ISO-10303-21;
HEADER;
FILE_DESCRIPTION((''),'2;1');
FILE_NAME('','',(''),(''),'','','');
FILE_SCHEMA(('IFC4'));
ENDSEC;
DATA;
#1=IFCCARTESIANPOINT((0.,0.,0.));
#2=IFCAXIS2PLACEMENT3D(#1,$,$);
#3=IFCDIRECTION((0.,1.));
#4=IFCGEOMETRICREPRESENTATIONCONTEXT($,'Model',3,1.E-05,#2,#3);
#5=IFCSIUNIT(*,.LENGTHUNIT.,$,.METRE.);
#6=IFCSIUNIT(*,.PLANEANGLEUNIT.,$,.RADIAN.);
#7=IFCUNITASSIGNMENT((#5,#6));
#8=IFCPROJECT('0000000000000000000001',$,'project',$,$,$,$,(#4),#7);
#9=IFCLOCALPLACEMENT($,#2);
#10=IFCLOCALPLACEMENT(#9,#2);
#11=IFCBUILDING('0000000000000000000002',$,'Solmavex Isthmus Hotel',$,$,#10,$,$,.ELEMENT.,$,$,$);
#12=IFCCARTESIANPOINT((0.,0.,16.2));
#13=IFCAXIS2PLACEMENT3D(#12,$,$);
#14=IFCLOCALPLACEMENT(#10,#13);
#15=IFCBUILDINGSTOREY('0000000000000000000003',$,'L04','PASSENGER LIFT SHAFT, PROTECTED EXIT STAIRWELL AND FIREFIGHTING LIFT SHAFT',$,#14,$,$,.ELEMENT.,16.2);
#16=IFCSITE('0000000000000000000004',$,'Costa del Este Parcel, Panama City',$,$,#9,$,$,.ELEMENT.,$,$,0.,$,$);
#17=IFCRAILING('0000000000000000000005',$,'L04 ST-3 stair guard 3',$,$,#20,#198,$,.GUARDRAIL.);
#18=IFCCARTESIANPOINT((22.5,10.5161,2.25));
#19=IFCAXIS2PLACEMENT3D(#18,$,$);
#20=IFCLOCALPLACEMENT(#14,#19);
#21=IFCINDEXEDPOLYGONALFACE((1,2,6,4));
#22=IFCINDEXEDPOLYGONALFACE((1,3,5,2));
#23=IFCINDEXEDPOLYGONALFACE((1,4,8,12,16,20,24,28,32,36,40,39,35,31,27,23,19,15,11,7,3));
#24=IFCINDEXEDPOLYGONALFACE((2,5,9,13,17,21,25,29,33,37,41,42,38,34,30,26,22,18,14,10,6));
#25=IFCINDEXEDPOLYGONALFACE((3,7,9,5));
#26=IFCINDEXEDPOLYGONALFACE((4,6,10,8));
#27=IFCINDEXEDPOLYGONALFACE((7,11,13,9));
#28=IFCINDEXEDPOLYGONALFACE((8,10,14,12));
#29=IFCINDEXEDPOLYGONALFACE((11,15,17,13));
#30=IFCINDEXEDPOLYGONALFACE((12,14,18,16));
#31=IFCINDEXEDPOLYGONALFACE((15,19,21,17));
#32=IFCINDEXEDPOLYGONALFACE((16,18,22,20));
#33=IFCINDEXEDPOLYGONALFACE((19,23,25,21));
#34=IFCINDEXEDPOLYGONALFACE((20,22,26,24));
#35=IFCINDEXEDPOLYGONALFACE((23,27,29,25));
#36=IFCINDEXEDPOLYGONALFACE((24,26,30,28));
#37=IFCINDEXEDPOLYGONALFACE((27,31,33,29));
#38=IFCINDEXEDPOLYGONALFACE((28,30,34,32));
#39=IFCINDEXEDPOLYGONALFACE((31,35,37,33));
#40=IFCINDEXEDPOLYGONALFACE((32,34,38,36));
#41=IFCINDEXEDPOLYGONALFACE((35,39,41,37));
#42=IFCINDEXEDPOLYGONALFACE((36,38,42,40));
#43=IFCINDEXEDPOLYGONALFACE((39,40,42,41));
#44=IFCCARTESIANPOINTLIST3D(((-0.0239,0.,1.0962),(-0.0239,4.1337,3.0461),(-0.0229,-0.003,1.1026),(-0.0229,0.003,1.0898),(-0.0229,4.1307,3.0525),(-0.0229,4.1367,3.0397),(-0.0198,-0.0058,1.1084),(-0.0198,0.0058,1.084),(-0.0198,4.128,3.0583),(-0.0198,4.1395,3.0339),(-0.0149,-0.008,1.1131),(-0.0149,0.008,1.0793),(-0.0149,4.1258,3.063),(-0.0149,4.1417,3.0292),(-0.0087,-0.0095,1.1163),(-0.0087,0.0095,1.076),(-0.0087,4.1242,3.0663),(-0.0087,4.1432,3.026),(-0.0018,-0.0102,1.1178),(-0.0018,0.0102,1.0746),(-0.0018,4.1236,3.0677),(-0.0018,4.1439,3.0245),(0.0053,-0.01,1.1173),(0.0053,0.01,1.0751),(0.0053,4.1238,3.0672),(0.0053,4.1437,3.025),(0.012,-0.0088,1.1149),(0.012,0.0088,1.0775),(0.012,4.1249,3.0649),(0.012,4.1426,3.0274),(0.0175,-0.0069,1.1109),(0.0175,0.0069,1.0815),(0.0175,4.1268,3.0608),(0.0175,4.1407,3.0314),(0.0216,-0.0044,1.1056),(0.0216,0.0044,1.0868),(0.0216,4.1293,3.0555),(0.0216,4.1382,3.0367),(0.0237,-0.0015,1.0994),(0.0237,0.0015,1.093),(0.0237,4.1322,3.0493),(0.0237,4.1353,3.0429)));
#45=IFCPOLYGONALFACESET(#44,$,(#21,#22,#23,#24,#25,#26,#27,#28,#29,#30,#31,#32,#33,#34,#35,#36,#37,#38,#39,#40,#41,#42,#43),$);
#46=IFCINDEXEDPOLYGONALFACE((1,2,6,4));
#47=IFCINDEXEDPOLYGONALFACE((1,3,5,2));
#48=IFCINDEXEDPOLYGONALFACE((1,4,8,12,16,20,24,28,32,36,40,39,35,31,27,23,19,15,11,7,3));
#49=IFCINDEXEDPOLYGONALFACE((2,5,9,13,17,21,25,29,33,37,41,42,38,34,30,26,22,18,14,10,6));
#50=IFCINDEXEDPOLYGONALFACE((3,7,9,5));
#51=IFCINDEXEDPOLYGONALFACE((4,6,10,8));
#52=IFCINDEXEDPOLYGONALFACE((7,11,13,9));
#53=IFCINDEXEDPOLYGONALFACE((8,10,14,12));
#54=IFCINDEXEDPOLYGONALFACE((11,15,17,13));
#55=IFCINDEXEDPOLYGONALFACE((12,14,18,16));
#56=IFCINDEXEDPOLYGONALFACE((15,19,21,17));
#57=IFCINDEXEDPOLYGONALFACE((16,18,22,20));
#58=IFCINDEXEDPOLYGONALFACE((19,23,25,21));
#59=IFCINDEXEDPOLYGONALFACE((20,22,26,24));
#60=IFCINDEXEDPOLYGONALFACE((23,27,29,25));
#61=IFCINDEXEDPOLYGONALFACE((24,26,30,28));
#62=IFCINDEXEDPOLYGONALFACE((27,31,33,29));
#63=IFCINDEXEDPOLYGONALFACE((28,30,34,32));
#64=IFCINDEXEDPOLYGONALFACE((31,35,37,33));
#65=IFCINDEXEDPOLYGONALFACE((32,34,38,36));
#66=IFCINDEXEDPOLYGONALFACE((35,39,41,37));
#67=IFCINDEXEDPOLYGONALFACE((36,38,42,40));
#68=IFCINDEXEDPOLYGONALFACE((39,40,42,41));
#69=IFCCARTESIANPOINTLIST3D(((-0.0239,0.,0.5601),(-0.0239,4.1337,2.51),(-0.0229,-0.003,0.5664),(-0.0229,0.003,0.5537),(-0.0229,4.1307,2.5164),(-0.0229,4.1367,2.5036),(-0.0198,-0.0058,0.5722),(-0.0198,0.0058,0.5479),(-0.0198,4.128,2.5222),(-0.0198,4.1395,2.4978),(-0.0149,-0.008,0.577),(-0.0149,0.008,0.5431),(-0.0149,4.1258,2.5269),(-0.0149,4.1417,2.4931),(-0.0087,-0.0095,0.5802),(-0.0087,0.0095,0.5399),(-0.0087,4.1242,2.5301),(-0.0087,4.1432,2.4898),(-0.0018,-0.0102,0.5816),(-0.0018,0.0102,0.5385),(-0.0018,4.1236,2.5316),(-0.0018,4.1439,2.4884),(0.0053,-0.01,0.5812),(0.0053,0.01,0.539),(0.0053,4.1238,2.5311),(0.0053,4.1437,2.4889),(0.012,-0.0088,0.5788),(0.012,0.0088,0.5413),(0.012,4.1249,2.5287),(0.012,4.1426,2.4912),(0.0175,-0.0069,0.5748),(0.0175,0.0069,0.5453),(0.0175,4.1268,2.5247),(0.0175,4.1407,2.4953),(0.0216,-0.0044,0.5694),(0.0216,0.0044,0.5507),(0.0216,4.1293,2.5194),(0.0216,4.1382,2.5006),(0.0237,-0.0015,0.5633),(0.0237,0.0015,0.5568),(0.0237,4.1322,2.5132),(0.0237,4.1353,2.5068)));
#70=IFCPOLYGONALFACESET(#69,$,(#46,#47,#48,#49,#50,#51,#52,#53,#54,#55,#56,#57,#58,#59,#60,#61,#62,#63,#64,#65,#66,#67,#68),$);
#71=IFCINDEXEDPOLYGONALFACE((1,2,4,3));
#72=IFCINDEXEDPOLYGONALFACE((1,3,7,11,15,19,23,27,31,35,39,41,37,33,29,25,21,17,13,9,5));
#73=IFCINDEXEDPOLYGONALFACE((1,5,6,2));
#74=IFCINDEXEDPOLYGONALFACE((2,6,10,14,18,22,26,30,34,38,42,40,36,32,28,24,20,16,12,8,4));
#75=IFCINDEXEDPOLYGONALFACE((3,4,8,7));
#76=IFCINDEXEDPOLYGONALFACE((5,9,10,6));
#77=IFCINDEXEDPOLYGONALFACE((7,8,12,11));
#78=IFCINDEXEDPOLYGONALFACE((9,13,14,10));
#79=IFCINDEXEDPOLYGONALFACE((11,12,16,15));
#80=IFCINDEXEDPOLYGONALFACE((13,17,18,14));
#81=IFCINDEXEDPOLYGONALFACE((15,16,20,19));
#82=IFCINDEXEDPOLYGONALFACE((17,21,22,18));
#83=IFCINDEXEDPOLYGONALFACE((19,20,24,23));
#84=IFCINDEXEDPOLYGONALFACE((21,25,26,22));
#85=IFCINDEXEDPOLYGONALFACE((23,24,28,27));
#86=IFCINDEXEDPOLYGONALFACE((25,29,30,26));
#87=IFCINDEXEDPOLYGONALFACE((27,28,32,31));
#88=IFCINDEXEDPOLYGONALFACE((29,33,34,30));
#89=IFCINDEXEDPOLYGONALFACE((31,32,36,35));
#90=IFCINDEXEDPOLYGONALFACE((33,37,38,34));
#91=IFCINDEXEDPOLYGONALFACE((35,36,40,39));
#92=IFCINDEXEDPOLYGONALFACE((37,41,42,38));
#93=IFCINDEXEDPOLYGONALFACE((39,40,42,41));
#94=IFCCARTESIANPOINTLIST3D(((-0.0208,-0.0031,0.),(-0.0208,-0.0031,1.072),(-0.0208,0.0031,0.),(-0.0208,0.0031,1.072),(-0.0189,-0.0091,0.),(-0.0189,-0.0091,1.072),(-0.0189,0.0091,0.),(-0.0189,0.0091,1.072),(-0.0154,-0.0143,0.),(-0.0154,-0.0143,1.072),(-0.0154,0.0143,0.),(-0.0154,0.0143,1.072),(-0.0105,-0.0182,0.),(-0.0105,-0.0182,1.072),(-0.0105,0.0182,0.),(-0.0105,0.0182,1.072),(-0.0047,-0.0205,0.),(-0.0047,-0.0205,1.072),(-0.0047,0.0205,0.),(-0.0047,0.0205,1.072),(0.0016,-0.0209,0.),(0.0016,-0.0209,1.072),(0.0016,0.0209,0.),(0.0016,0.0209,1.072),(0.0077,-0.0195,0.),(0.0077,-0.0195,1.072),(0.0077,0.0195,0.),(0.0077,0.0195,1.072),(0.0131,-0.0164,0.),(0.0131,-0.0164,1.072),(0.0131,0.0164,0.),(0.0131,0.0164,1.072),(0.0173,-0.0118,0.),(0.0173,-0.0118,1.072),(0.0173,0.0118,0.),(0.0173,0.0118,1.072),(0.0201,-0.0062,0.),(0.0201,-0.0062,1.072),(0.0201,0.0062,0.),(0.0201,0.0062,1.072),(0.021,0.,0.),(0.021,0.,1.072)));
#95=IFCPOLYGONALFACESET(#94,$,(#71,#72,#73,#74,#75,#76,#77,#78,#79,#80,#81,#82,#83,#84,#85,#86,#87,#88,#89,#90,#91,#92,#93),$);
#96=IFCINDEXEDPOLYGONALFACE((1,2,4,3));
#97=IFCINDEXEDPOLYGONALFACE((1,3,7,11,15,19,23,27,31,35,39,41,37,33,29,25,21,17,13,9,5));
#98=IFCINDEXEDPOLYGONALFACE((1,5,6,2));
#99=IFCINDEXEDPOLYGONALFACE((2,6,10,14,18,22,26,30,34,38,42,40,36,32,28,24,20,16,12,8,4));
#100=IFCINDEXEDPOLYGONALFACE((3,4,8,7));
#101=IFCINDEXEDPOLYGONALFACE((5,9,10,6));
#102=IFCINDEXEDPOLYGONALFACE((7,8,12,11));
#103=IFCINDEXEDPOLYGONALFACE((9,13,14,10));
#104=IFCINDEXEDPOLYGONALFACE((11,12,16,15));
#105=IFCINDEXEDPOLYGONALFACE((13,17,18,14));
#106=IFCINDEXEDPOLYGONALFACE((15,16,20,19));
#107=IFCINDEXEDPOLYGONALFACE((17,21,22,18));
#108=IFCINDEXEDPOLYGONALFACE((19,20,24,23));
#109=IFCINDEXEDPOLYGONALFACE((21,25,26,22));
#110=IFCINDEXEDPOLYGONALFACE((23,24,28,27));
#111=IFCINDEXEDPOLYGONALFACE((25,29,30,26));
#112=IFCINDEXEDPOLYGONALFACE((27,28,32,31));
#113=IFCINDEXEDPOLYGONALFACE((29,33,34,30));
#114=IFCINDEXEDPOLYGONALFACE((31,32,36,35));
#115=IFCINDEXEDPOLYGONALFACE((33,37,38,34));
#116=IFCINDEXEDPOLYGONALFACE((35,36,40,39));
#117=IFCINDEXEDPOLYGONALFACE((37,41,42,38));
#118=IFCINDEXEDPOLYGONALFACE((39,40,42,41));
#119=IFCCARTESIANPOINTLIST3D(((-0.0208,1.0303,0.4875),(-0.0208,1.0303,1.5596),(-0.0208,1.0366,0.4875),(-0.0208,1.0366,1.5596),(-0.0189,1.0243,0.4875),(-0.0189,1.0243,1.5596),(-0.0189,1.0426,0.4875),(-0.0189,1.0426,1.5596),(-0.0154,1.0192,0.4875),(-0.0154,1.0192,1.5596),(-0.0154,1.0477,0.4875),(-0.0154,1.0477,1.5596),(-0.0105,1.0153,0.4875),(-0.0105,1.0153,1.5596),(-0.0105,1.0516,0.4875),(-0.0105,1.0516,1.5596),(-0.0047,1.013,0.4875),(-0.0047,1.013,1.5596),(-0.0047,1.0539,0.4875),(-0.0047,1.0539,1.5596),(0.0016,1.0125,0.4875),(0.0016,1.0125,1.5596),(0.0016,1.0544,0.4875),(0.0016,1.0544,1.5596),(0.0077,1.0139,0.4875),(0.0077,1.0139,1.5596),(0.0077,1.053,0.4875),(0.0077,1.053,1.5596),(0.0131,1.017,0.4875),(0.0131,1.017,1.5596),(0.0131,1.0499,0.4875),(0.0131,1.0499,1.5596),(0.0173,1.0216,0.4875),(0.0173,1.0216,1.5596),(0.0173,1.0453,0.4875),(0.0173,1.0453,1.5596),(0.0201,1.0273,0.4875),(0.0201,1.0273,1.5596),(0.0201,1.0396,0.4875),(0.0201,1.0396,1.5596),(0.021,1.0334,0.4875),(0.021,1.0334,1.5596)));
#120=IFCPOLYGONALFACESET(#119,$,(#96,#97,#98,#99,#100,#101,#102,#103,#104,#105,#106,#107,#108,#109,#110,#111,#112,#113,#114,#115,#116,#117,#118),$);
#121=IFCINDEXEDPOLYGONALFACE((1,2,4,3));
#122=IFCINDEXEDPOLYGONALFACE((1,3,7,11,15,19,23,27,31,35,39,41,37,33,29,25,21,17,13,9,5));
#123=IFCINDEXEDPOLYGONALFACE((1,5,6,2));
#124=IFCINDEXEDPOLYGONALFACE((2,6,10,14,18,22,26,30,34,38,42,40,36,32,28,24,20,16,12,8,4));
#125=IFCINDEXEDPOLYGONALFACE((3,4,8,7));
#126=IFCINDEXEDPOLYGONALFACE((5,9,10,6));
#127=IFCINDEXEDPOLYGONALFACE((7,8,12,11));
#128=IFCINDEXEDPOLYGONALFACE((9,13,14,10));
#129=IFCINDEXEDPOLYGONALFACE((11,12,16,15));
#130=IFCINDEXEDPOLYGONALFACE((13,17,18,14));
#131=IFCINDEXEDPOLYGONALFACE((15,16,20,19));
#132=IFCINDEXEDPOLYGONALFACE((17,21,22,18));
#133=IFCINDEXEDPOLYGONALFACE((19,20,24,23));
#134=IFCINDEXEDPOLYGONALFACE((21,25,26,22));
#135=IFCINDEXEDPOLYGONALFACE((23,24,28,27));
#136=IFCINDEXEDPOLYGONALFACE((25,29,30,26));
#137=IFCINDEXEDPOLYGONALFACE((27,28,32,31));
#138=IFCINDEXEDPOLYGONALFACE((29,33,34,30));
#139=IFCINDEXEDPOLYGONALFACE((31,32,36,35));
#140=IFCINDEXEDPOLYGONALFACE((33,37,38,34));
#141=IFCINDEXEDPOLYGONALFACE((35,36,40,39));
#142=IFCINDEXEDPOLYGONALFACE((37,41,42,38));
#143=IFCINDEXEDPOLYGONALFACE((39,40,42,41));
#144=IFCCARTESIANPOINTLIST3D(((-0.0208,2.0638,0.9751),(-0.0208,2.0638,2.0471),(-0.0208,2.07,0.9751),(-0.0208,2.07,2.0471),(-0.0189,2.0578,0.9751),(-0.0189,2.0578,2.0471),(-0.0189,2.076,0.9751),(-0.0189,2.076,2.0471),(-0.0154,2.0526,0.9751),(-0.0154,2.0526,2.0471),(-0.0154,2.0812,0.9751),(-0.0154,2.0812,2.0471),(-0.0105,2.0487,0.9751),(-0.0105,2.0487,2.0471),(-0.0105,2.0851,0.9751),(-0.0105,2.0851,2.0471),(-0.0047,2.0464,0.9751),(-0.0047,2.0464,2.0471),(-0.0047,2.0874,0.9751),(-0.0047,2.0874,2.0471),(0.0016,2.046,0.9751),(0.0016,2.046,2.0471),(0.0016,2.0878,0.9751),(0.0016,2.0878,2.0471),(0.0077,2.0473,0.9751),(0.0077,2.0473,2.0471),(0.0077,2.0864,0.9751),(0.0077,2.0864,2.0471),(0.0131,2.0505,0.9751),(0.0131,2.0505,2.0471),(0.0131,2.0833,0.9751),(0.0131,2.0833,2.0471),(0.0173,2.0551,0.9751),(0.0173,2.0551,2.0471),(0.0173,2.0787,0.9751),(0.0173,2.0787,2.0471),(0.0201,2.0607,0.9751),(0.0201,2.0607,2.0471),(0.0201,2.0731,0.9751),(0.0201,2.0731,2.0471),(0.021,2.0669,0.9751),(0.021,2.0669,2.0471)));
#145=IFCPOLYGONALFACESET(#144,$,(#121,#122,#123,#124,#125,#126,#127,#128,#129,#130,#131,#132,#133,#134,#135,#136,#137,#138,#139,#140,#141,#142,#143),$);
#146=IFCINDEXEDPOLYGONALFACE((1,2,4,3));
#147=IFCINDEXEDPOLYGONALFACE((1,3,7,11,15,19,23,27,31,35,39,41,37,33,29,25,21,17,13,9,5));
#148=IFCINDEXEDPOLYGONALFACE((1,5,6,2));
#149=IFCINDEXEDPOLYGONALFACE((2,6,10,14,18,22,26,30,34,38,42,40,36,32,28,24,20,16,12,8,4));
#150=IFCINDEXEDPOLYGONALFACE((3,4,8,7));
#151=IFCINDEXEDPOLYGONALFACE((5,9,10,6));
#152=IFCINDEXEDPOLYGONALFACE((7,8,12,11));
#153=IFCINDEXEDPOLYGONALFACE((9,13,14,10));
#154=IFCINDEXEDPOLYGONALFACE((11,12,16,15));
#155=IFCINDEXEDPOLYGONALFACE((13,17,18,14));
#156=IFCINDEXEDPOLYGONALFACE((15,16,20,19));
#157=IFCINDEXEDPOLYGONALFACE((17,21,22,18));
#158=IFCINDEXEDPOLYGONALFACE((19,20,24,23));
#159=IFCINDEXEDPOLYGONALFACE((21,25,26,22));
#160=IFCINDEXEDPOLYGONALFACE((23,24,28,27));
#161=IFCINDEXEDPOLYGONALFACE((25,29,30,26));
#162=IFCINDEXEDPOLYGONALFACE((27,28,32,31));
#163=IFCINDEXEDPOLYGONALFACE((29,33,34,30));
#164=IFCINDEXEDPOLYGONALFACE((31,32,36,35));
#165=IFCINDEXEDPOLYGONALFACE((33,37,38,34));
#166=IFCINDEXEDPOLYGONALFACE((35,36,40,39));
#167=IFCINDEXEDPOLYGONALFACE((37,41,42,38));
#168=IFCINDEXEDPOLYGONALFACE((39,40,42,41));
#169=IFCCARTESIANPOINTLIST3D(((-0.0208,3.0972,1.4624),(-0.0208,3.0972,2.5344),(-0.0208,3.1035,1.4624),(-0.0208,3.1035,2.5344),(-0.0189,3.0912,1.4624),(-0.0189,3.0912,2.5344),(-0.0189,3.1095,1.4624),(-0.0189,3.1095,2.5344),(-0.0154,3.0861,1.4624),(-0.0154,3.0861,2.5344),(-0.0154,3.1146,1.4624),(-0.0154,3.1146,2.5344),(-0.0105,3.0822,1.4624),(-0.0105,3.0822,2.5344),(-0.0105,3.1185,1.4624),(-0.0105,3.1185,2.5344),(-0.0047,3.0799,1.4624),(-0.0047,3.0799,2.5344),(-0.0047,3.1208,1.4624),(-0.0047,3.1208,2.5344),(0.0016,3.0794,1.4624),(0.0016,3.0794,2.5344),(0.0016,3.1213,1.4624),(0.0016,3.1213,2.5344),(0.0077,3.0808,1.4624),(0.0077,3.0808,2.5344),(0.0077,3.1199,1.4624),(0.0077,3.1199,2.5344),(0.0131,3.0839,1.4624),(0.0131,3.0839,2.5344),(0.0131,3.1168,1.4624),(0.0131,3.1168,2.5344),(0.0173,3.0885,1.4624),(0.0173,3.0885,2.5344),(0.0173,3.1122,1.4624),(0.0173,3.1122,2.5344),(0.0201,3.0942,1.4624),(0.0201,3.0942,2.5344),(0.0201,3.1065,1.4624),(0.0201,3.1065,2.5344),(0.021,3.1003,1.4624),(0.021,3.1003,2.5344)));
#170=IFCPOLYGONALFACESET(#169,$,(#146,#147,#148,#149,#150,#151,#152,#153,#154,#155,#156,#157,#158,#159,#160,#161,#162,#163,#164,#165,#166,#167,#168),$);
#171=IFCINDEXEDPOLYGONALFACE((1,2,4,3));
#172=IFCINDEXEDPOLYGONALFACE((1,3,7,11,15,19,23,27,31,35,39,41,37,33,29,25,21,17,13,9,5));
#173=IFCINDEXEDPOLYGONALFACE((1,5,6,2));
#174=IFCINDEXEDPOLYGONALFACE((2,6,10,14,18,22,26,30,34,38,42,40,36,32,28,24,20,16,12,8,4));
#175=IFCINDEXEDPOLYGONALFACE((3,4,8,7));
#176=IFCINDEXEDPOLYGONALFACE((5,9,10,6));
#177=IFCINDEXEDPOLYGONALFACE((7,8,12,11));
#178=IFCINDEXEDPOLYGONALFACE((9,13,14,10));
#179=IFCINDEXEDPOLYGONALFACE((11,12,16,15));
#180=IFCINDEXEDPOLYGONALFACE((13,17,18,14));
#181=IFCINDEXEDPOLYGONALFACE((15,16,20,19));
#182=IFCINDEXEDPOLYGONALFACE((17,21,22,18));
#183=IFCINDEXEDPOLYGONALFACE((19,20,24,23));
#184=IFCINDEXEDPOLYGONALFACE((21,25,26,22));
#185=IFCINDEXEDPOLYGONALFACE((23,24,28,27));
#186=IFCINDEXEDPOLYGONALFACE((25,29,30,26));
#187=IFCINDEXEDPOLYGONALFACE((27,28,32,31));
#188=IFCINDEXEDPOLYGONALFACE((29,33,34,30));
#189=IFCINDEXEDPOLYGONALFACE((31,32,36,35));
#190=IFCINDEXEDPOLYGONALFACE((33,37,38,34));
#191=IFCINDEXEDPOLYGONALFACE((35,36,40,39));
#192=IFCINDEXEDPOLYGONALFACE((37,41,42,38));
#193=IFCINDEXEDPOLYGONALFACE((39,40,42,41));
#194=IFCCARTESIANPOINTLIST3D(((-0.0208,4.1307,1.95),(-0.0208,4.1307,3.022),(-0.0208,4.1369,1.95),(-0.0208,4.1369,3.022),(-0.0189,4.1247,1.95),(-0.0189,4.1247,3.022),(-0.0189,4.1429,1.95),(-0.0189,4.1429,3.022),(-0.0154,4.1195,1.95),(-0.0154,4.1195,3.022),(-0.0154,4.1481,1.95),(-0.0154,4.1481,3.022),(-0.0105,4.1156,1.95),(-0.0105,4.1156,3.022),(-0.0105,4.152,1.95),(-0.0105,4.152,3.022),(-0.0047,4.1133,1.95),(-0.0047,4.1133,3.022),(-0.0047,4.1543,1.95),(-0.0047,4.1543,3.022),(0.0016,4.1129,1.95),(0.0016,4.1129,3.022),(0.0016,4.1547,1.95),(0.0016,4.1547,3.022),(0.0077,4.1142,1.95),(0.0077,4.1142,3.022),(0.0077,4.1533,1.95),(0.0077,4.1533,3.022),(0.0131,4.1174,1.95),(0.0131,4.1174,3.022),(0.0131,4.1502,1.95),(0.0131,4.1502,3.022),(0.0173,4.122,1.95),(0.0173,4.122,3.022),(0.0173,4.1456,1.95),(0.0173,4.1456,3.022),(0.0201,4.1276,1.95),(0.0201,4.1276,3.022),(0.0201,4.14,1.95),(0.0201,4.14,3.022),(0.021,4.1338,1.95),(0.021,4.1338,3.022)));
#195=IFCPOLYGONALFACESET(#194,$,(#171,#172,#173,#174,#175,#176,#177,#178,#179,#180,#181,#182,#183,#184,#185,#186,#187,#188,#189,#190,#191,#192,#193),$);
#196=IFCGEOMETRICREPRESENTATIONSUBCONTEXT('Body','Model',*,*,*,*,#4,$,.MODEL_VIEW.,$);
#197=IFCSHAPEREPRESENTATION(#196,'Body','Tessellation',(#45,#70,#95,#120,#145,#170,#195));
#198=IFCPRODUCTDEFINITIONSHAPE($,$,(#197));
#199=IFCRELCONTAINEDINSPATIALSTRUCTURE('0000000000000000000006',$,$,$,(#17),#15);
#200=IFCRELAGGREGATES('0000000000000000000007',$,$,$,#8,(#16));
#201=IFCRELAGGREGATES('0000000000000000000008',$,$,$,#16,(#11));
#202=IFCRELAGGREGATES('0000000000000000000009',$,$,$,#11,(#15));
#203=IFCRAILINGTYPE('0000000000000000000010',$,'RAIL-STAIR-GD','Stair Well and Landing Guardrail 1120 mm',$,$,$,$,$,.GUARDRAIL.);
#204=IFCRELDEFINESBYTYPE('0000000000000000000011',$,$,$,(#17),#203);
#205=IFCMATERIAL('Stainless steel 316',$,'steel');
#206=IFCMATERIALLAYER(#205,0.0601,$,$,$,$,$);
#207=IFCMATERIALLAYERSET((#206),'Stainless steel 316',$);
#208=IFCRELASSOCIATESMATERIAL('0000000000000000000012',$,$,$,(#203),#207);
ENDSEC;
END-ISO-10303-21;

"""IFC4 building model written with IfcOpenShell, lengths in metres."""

from ifc_helpers import new_model, si_unit, direction, frame, origin, origin_2d, place, context, subcontext, project, spatial, circle, extrude, material, layer, layer_set, type_object, element, save


model = new_model("IFC4")

# Units and contexts
model_context = context("Model", 3, precision=1e-05, world=origin(), true_north=direction((0.0, 1.0)))
body_context = subcontext(model_context, "Body", "Model", "MODEL_VIEW")
ifc_project = project(units=[si_unit("LENGTHUNIT", "METRE"), si_unit("PLANEANGLEUNIT", "RADIAN")], contexts=[model_context])

# Site, building, storey
site_placement = place(None, origin())
site = spatial("IfcSite", under=ifc_project, at=site_placement, Name="Costa del Este Parcel, Panama City", CompositionType="ELEMENT", RefElevation=0.0)
building_placement = place(site_placement, origin())
building = spatial("IfcBuilding", under=site, at=building_placement, Name="Solmavex Isthmus Hotel", CompositionType="ELEMENT")
storey_placement = place(building_placement, frame((0.0, 0.0, 16.2)))
storey = spatial("IfcBuildingStorey", under=building, at=storey_placement, Name="L04", Description="PASSENGER LIFT SHAFT, PROTECTED EXIT STAIRWELL AND FIREFIGHTING LIFT SHAFT", CompositionType="ELEMENT", Elevation=16.2)

# Railing
ifc_material_1 = material(Name="Stainless steel 316", Category="steel")
ifc_layer_1 = layer(ifc_material_1, 0.0601)
ifc_layer_set_1 = layer_set([ifc_layer_1], Name="Stainless steel 316")
railing_type_1 = type_object("IfcRailingType", Name="RAIL-STAIR-GD", Description="Stair Well and Landing Guardrail 1120 mm", PredefinedType="GUARDRAIL", material=ifc_layer_set_1)
railing_1_placement = place(storey_placement, frame((22.5, 10.5161, 2.25)))
element("IfcRailing", 1, at=railing_1_placement, inside=storey, type_object=railing_type_1, Name="L04 ST-3 stair guard 3", PredefinedType="GUARDRAIL", context=body_context, shape_type="SweptSolid", body=[
    extrude(circle(Radius=0.0239, at=origin_2d()), frame((0.0, 0.0, 1.0962), z_axis=(0.0, 0.904427, 0.426628), x_axis=(-1.0, 0.0, 0.0)), (0.0, 0.0, 1.0), 4.5706),
    extrude(circle(Radius=0.0239, at=origin_2d()), frame((0.0, 0.0, 0.5601), z_axis=(0.0, 0.904427, 0.426628), x_axis=(-1.0, 0.0, 0.0)), (0.0, 0.0, 1.0), 4.5706),
    extrude(circle(Radius=0.021, at=origin_2d()), origin(), (0.0, 0.0, 1.0), 1.072),
    extrude(circle(Radius=0.021, at=origin_2d()), frame((0.0, 1.0334, 0.4875)), (0.0, 0.0, 1.0), 1.072),
    extrude(circle(Radius=0.021, at=origin_2d()), frame((0.0, 2.0669, 0.9751)), (0.0, 0.0, 1.0), 1.072),
    extrude(circle(Radius=0.021, at=origin_2d()), frame((0.0, 3.1003, 1.4624)), (0.0, 0.0, 1.0), 1.072),
    extrude(circle(Radius=0.021, at=origin_2d()), frame((0.0, 4.1338, 1.95)), (0.0, 0.0, 1.0), 1.072),
])

save(model, "model.ifc")
